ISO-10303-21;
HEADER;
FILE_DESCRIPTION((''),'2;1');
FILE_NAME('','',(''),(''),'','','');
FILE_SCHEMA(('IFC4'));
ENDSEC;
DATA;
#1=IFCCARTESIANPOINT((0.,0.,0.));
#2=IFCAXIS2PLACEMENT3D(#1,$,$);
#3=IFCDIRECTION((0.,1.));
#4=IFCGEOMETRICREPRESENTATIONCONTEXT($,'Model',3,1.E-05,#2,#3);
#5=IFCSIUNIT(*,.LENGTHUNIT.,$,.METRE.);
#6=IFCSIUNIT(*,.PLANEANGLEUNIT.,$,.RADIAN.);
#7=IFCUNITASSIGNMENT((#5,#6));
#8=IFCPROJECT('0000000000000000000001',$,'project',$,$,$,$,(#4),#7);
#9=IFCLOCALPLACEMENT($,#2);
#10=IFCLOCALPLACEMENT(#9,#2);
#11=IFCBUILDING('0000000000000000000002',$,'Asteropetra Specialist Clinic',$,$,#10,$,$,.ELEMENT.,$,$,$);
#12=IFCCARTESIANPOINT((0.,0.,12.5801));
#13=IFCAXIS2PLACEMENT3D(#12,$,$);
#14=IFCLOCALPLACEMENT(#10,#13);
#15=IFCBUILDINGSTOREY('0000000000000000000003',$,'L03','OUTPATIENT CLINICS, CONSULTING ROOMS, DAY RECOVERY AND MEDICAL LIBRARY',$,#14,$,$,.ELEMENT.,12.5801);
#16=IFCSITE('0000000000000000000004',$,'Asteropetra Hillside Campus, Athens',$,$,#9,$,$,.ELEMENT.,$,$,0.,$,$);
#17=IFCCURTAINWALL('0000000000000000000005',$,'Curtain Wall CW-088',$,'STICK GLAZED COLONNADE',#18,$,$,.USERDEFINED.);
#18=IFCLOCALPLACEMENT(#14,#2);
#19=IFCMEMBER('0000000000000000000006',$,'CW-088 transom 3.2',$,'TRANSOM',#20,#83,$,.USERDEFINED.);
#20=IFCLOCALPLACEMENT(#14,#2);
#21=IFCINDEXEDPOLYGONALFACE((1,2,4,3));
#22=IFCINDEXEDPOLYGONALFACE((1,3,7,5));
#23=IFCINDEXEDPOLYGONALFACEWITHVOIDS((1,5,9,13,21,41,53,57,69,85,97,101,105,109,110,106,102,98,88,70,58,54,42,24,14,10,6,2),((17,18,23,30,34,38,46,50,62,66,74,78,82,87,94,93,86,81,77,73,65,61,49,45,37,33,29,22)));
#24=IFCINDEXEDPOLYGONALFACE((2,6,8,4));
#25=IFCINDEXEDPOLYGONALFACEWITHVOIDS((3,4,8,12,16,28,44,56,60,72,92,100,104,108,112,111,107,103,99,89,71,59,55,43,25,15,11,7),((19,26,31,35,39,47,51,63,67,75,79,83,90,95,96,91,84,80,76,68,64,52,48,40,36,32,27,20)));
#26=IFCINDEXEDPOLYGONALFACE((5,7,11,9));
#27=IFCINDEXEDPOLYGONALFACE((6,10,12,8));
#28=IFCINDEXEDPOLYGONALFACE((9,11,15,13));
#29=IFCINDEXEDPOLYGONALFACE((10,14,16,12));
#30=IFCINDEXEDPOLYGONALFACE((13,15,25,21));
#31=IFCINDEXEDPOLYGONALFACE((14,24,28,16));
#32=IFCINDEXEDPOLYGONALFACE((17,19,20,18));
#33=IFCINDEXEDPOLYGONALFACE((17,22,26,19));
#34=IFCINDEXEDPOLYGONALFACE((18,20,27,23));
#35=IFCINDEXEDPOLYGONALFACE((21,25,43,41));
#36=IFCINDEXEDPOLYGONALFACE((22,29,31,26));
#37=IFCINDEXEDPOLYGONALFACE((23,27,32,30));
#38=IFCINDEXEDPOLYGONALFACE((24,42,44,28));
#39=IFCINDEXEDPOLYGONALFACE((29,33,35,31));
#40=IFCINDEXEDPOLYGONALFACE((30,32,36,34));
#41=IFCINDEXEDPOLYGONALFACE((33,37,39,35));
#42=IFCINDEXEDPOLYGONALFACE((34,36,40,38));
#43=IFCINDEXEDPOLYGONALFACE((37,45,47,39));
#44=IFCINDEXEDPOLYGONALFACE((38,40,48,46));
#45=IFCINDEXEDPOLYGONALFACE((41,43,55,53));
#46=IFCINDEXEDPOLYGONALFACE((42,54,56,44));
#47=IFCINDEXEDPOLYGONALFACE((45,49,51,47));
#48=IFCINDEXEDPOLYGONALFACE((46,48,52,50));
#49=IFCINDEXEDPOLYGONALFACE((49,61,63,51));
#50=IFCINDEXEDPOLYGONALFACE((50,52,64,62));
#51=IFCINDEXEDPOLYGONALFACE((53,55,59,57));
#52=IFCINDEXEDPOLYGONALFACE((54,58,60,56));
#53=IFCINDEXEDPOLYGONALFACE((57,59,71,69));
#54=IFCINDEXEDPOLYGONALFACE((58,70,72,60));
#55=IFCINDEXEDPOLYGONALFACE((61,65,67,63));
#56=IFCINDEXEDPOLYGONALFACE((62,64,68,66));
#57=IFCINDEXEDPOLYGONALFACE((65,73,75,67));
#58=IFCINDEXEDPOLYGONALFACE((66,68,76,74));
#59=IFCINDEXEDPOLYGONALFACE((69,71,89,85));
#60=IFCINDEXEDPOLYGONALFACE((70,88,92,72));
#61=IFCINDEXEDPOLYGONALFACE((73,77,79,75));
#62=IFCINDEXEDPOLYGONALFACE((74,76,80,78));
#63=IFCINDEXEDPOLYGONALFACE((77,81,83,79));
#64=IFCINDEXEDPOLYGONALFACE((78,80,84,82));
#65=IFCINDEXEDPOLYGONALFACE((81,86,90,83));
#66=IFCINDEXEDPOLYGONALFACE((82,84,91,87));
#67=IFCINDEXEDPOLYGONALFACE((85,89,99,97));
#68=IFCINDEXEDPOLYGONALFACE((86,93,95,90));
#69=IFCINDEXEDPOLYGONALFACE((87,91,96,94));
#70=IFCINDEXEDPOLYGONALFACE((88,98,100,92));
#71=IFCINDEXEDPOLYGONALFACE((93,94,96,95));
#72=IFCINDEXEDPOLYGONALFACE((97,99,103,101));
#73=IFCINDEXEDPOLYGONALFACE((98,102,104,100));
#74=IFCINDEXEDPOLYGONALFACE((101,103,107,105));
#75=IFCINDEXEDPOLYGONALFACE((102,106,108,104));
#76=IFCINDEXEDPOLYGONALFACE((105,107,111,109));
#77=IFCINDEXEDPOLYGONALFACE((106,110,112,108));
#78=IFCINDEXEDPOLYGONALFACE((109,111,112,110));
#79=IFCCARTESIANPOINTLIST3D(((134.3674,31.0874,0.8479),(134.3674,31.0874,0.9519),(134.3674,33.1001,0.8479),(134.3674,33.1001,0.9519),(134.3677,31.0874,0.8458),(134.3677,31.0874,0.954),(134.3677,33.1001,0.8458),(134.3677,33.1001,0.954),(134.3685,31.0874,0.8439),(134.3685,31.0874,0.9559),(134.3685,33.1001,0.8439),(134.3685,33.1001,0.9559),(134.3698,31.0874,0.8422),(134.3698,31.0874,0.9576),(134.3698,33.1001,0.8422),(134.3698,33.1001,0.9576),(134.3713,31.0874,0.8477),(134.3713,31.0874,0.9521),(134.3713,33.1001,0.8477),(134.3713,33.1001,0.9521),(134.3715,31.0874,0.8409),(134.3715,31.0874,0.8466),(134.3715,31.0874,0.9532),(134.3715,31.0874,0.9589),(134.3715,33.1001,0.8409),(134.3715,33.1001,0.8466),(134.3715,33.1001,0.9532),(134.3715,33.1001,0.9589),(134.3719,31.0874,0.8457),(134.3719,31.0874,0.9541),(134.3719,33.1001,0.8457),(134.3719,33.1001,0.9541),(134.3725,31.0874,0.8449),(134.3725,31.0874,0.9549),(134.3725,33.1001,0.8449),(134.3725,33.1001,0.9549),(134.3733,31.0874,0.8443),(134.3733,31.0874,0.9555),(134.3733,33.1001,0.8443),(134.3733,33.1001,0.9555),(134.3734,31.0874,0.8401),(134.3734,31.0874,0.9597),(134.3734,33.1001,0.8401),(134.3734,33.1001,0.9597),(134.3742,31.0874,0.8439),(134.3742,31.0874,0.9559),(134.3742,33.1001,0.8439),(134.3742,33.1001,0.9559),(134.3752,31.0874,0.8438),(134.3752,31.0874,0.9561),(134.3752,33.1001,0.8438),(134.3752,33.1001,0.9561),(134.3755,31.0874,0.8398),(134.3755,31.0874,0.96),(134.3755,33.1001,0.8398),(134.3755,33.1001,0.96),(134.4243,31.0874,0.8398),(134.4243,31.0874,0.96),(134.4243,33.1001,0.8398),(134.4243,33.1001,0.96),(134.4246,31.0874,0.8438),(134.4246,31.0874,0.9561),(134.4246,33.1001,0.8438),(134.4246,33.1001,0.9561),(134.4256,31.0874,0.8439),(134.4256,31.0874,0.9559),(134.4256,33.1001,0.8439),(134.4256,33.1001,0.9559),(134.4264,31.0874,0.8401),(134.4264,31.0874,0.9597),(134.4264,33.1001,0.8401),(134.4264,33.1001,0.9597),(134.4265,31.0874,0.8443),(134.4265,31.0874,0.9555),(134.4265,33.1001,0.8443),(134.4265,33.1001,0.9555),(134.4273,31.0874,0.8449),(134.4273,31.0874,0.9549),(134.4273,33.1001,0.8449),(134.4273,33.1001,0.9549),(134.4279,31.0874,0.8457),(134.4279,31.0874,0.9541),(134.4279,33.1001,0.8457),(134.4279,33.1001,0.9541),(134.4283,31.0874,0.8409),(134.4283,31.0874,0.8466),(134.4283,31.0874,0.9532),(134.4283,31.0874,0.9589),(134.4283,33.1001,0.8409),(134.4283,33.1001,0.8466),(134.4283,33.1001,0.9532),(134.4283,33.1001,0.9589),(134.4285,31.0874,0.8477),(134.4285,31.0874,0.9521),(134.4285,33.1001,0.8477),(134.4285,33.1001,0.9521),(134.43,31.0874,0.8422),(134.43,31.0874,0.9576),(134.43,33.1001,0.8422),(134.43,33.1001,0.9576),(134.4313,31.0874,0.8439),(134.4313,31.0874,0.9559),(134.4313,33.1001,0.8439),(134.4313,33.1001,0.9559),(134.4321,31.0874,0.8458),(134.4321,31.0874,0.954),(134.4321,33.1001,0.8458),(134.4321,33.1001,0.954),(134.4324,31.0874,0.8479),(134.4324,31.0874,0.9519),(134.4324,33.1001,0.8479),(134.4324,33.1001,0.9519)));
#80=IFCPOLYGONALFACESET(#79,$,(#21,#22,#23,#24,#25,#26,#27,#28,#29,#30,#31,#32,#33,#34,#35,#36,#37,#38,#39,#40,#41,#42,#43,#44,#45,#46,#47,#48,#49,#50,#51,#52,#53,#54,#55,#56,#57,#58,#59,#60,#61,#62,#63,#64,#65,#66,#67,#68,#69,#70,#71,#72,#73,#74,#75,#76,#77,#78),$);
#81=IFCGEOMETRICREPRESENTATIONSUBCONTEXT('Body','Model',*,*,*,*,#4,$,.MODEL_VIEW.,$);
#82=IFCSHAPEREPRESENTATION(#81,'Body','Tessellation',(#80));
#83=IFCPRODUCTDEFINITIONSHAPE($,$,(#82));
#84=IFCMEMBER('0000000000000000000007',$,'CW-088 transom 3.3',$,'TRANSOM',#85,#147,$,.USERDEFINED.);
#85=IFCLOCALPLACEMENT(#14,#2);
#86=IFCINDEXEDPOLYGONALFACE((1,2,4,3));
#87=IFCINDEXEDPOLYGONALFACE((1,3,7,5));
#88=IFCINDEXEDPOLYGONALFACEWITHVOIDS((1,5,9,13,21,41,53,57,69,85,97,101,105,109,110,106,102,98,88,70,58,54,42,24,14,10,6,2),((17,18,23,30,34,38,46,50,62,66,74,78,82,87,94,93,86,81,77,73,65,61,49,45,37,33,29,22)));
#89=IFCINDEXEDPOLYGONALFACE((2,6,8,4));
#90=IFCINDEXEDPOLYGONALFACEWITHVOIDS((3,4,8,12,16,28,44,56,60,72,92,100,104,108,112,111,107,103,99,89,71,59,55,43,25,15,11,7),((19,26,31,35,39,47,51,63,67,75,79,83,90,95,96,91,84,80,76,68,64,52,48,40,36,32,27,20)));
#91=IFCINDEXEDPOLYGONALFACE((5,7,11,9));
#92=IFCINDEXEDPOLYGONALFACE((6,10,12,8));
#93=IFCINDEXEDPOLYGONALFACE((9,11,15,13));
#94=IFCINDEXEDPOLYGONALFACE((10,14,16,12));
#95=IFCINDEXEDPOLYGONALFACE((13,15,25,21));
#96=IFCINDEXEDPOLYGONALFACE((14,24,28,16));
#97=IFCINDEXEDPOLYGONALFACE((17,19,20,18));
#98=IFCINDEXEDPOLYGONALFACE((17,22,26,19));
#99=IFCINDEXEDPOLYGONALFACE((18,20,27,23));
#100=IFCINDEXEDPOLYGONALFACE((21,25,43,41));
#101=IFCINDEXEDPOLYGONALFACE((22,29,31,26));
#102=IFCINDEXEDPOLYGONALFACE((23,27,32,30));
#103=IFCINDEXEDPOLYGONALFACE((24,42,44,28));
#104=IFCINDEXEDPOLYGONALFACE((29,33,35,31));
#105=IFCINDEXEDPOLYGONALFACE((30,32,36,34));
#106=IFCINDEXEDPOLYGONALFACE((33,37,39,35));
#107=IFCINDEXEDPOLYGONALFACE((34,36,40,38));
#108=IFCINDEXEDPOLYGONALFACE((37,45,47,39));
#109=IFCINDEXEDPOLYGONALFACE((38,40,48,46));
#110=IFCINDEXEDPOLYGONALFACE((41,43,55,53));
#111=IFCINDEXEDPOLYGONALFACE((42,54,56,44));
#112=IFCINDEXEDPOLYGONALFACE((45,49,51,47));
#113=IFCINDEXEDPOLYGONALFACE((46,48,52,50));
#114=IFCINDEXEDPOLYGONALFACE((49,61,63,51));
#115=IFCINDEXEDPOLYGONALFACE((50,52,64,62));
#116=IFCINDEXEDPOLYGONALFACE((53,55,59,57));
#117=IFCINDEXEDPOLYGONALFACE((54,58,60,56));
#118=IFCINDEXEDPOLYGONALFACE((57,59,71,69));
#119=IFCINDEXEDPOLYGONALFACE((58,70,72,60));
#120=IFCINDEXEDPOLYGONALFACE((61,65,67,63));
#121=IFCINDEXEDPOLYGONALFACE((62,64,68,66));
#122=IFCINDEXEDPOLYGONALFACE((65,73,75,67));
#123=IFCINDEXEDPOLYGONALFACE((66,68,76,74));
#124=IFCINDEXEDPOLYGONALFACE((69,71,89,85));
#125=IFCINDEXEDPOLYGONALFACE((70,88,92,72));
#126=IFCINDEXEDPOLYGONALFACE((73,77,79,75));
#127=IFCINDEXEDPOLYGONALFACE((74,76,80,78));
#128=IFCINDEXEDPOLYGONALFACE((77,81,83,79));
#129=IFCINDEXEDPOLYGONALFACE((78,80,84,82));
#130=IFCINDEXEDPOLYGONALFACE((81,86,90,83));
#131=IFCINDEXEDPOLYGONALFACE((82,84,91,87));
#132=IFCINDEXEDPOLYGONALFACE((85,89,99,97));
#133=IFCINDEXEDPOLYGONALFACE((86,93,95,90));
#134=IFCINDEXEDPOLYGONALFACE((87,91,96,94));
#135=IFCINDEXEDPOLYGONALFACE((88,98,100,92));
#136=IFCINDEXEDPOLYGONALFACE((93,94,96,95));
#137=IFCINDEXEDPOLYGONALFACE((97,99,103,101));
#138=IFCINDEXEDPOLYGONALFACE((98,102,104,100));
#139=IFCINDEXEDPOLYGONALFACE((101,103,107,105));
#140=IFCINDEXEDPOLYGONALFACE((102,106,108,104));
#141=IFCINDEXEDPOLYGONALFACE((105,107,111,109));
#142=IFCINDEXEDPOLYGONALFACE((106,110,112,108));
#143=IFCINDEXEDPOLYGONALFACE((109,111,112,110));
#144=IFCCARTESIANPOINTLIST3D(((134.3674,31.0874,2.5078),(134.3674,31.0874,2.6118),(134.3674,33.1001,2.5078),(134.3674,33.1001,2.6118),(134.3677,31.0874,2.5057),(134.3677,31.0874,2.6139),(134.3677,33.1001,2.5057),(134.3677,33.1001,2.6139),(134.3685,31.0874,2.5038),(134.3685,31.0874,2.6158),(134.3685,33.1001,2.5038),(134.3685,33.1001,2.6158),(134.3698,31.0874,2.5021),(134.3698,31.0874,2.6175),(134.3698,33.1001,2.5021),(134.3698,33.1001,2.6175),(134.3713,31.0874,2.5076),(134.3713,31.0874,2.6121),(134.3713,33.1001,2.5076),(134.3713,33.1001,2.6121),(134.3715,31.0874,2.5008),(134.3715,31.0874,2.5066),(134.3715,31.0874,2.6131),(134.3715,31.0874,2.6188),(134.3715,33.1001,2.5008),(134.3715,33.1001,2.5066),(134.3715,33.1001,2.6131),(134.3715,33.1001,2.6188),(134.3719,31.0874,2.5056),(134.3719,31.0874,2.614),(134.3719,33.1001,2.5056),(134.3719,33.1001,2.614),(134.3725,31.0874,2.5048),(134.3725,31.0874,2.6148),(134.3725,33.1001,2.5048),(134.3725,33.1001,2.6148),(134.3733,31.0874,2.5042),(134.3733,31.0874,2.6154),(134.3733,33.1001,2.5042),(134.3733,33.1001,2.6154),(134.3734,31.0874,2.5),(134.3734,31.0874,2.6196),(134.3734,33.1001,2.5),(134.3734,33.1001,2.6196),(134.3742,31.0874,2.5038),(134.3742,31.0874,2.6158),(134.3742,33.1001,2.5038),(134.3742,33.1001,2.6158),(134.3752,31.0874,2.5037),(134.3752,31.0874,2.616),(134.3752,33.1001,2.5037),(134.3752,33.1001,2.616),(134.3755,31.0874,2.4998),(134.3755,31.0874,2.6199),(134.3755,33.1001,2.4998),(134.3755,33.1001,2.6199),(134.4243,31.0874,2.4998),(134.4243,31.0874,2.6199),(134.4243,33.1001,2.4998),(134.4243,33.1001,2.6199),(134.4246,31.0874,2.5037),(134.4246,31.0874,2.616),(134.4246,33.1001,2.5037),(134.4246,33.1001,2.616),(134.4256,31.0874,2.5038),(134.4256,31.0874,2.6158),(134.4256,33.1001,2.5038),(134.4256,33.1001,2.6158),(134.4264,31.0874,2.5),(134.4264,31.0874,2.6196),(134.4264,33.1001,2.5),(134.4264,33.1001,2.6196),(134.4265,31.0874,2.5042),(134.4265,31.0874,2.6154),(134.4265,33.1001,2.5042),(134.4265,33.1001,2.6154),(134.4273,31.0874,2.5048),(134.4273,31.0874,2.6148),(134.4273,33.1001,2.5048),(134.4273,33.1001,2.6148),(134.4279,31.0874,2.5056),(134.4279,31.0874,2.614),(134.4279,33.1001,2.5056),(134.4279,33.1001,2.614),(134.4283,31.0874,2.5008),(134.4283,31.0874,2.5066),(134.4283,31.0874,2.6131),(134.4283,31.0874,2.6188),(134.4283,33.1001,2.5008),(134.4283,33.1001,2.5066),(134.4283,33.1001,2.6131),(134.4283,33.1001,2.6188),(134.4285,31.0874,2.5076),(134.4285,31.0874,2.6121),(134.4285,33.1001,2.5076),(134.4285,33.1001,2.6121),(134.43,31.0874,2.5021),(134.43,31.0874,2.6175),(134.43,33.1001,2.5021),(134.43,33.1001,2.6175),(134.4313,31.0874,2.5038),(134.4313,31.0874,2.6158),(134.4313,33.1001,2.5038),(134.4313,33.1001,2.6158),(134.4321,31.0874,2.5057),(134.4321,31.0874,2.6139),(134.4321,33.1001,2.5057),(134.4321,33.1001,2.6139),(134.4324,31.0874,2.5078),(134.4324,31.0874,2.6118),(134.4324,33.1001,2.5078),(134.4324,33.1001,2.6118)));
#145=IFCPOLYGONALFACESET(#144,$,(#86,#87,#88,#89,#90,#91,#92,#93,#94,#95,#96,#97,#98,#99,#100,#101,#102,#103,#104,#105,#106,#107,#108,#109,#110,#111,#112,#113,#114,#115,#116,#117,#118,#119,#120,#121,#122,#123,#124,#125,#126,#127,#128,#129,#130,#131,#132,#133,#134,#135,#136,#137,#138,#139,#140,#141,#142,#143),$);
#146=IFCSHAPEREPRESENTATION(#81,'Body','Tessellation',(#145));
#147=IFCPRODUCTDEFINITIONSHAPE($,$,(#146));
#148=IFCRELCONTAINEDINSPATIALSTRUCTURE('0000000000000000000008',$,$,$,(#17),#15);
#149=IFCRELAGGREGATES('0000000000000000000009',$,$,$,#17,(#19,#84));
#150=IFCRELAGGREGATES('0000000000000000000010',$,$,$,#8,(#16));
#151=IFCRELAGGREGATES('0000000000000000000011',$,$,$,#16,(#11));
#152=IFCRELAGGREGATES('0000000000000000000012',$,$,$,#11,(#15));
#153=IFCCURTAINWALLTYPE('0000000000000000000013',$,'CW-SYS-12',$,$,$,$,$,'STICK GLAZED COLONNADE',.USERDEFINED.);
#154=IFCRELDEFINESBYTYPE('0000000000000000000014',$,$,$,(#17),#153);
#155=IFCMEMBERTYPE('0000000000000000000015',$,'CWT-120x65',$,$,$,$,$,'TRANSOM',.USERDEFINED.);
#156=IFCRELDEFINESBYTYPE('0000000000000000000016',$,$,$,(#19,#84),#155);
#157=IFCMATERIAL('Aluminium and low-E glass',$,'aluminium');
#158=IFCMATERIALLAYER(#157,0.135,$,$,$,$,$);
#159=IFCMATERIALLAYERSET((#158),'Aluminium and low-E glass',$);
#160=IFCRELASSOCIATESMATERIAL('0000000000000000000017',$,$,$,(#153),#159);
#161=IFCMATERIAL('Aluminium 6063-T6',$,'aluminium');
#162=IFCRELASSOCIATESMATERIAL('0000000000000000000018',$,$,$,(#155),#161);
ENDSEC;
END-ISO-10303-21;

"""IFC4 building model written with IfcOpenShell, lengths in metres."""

from ifc_helpers import new_model, si_unit, direction, frame, origin, origin_2d, place, context, subcontext, project, spatial, hollow_rectangle, extrude, material, layer, layer_set, material_profile, profile_set, type_object, element, aggregate, save


model = new_model("IFC4")

# Units and contexts
model_context = context("Model", 3, precision=1e-05, world=origin(), true_north=direction((0.0, 1.0)))
body_context = subcontext(model_context, "Body", "Model", "MODEL_VIEW")
ifc_project = project(units=[si_unit("LENGTHUNIT", "METRE"), si_unit("PLANEANGLEUNIT", "RADIAN")], contexts=[model_context])

# Site, building, storey
site_placement = place(None, origin())
site = spatial("IfcSite", under=ifc_project, at=site_placement, Name="Asteropetra Hillside Campus, Athens", CompositionType="ELEMENT", RefElevation=0.0)
building_placement = place(site_placement, origin())
building = spatial("IfcBuilding", under=site, at=building_placement, Name="Asteropetra Specialist Clinic", CompositionType="ELEMENT")
storey_placement = place(building_placement, frame((0.0, 0.0, 12.5801)))
storey = spatial("IfcBuildingStorey", under=building, at=storey_placement, Name="L03", Description="OUTPATIENT CLINICS, CONSULTING ROOMS, DAY RECOVERY AND MEDICAL LIBRARY", CompositionType="ELEMENT", Elevation=12.5801)

# Curtain wall, members
ifc_material_1 = material(Name="Aluminium and low-E glass", Category="aluminium")
ifc_layer_1 = layer(ifc_material_1, 0.135)
ifc_layer_set_1 = layer_set([ifc_layer_1], Name="Aluminium and low-E glass")
curtain_wall_type = type_object("IfcCurtainWallType", Name="CW-SYS-12", ElementType="STICK GLAZED COLONNADE", PredefinedType="USERDEFINED", material=ifc_layer_set_1)
curtain_wall_placement = place(storey_placement, origin())
curtain_wall = element("IfcCurtainWall", 1, at=curtain_wall_placement, inside=storey, type_object=curtain_wall_type, Name="Curtain Wall CW-088", ObjectType="STICK GLAZED COLONNADE", PredefinedType="USERDEFINED")
ifc_material_2 = material(Name="Aluminium 6063-T6", Category="aluminium")
ifc_material_profile_1 = material_profile(ifc_material_2, hollow_rectangle(XDim=0.0649, YDim=0.1201, WallThickness=0.0039, InnerFilletRadius=0.0039, OuterFilletRadius=0.0081, at=origin_2d()), Name="TRN 120x65x4.0")
ifc_profile_set_1 = profile_set([ifc_material_profile_1], Name="Aluminium 6063-T6")
member_type_1 = type_object("IfcMemberType", Name="CWT-120x65", ElementType="TRANSOM", PredefinedType="USERDEFINED", material=ifc_profile_set_1)
member_1_placement = place(storey_placement, frame((134.3999, 31.0874, 0.8999), z_axis=(0.0, 1.0, 0.0), x_axis=(-1.0, 0.0, 0.0)))
member_1 = element("IfcMember", 2, at=member_1_placement, type_object=member_type_1, Name="CW-088 transom 3.2", ObjectType="TRANSOM", PredefinedType="USERDEFINED", context=body_context, shape_type="SweptSolid", body=[
    extrude(hollow_rectangle(XDim=0.0649, YDim=0.1201, WallThickness=0.0039, InnerFilletRadius=0.0039, OuterFilletRadius=0.0081, at=origin_2d()), origin(), (0.0, 0.0, 1.0), 2.0127),
])
member_2_placement = place(storey_placement, frame((134.3999, 31.0874, 2.5598), z_axis=(0.0, 1.0, 0.0), x_axis=(-1.0, 0.0, 0.0)))
member_2 = element("IfcMember", 3, at=member_2_placement, type_object=member_type_1, Name="CW-088 transom 3.3", ObjectType="TRANSOM", PredefinedType="USERDEFINED", context=body_context, shape_type="SweptSolid", body=[
    extrude(hollow_rectangle(XDim=0.0649, YDim=0.1201, WallThickness=0.0039, InnerFilletRadius=0.0039, OuterFilletRadius=0.0081, at=origin_2d()), origin(), (0.0, 0.0, 1.0), 2.0127),
])

aggregate(curtain_wall, [member_1, member_2])

save(model, "model.ifc")
